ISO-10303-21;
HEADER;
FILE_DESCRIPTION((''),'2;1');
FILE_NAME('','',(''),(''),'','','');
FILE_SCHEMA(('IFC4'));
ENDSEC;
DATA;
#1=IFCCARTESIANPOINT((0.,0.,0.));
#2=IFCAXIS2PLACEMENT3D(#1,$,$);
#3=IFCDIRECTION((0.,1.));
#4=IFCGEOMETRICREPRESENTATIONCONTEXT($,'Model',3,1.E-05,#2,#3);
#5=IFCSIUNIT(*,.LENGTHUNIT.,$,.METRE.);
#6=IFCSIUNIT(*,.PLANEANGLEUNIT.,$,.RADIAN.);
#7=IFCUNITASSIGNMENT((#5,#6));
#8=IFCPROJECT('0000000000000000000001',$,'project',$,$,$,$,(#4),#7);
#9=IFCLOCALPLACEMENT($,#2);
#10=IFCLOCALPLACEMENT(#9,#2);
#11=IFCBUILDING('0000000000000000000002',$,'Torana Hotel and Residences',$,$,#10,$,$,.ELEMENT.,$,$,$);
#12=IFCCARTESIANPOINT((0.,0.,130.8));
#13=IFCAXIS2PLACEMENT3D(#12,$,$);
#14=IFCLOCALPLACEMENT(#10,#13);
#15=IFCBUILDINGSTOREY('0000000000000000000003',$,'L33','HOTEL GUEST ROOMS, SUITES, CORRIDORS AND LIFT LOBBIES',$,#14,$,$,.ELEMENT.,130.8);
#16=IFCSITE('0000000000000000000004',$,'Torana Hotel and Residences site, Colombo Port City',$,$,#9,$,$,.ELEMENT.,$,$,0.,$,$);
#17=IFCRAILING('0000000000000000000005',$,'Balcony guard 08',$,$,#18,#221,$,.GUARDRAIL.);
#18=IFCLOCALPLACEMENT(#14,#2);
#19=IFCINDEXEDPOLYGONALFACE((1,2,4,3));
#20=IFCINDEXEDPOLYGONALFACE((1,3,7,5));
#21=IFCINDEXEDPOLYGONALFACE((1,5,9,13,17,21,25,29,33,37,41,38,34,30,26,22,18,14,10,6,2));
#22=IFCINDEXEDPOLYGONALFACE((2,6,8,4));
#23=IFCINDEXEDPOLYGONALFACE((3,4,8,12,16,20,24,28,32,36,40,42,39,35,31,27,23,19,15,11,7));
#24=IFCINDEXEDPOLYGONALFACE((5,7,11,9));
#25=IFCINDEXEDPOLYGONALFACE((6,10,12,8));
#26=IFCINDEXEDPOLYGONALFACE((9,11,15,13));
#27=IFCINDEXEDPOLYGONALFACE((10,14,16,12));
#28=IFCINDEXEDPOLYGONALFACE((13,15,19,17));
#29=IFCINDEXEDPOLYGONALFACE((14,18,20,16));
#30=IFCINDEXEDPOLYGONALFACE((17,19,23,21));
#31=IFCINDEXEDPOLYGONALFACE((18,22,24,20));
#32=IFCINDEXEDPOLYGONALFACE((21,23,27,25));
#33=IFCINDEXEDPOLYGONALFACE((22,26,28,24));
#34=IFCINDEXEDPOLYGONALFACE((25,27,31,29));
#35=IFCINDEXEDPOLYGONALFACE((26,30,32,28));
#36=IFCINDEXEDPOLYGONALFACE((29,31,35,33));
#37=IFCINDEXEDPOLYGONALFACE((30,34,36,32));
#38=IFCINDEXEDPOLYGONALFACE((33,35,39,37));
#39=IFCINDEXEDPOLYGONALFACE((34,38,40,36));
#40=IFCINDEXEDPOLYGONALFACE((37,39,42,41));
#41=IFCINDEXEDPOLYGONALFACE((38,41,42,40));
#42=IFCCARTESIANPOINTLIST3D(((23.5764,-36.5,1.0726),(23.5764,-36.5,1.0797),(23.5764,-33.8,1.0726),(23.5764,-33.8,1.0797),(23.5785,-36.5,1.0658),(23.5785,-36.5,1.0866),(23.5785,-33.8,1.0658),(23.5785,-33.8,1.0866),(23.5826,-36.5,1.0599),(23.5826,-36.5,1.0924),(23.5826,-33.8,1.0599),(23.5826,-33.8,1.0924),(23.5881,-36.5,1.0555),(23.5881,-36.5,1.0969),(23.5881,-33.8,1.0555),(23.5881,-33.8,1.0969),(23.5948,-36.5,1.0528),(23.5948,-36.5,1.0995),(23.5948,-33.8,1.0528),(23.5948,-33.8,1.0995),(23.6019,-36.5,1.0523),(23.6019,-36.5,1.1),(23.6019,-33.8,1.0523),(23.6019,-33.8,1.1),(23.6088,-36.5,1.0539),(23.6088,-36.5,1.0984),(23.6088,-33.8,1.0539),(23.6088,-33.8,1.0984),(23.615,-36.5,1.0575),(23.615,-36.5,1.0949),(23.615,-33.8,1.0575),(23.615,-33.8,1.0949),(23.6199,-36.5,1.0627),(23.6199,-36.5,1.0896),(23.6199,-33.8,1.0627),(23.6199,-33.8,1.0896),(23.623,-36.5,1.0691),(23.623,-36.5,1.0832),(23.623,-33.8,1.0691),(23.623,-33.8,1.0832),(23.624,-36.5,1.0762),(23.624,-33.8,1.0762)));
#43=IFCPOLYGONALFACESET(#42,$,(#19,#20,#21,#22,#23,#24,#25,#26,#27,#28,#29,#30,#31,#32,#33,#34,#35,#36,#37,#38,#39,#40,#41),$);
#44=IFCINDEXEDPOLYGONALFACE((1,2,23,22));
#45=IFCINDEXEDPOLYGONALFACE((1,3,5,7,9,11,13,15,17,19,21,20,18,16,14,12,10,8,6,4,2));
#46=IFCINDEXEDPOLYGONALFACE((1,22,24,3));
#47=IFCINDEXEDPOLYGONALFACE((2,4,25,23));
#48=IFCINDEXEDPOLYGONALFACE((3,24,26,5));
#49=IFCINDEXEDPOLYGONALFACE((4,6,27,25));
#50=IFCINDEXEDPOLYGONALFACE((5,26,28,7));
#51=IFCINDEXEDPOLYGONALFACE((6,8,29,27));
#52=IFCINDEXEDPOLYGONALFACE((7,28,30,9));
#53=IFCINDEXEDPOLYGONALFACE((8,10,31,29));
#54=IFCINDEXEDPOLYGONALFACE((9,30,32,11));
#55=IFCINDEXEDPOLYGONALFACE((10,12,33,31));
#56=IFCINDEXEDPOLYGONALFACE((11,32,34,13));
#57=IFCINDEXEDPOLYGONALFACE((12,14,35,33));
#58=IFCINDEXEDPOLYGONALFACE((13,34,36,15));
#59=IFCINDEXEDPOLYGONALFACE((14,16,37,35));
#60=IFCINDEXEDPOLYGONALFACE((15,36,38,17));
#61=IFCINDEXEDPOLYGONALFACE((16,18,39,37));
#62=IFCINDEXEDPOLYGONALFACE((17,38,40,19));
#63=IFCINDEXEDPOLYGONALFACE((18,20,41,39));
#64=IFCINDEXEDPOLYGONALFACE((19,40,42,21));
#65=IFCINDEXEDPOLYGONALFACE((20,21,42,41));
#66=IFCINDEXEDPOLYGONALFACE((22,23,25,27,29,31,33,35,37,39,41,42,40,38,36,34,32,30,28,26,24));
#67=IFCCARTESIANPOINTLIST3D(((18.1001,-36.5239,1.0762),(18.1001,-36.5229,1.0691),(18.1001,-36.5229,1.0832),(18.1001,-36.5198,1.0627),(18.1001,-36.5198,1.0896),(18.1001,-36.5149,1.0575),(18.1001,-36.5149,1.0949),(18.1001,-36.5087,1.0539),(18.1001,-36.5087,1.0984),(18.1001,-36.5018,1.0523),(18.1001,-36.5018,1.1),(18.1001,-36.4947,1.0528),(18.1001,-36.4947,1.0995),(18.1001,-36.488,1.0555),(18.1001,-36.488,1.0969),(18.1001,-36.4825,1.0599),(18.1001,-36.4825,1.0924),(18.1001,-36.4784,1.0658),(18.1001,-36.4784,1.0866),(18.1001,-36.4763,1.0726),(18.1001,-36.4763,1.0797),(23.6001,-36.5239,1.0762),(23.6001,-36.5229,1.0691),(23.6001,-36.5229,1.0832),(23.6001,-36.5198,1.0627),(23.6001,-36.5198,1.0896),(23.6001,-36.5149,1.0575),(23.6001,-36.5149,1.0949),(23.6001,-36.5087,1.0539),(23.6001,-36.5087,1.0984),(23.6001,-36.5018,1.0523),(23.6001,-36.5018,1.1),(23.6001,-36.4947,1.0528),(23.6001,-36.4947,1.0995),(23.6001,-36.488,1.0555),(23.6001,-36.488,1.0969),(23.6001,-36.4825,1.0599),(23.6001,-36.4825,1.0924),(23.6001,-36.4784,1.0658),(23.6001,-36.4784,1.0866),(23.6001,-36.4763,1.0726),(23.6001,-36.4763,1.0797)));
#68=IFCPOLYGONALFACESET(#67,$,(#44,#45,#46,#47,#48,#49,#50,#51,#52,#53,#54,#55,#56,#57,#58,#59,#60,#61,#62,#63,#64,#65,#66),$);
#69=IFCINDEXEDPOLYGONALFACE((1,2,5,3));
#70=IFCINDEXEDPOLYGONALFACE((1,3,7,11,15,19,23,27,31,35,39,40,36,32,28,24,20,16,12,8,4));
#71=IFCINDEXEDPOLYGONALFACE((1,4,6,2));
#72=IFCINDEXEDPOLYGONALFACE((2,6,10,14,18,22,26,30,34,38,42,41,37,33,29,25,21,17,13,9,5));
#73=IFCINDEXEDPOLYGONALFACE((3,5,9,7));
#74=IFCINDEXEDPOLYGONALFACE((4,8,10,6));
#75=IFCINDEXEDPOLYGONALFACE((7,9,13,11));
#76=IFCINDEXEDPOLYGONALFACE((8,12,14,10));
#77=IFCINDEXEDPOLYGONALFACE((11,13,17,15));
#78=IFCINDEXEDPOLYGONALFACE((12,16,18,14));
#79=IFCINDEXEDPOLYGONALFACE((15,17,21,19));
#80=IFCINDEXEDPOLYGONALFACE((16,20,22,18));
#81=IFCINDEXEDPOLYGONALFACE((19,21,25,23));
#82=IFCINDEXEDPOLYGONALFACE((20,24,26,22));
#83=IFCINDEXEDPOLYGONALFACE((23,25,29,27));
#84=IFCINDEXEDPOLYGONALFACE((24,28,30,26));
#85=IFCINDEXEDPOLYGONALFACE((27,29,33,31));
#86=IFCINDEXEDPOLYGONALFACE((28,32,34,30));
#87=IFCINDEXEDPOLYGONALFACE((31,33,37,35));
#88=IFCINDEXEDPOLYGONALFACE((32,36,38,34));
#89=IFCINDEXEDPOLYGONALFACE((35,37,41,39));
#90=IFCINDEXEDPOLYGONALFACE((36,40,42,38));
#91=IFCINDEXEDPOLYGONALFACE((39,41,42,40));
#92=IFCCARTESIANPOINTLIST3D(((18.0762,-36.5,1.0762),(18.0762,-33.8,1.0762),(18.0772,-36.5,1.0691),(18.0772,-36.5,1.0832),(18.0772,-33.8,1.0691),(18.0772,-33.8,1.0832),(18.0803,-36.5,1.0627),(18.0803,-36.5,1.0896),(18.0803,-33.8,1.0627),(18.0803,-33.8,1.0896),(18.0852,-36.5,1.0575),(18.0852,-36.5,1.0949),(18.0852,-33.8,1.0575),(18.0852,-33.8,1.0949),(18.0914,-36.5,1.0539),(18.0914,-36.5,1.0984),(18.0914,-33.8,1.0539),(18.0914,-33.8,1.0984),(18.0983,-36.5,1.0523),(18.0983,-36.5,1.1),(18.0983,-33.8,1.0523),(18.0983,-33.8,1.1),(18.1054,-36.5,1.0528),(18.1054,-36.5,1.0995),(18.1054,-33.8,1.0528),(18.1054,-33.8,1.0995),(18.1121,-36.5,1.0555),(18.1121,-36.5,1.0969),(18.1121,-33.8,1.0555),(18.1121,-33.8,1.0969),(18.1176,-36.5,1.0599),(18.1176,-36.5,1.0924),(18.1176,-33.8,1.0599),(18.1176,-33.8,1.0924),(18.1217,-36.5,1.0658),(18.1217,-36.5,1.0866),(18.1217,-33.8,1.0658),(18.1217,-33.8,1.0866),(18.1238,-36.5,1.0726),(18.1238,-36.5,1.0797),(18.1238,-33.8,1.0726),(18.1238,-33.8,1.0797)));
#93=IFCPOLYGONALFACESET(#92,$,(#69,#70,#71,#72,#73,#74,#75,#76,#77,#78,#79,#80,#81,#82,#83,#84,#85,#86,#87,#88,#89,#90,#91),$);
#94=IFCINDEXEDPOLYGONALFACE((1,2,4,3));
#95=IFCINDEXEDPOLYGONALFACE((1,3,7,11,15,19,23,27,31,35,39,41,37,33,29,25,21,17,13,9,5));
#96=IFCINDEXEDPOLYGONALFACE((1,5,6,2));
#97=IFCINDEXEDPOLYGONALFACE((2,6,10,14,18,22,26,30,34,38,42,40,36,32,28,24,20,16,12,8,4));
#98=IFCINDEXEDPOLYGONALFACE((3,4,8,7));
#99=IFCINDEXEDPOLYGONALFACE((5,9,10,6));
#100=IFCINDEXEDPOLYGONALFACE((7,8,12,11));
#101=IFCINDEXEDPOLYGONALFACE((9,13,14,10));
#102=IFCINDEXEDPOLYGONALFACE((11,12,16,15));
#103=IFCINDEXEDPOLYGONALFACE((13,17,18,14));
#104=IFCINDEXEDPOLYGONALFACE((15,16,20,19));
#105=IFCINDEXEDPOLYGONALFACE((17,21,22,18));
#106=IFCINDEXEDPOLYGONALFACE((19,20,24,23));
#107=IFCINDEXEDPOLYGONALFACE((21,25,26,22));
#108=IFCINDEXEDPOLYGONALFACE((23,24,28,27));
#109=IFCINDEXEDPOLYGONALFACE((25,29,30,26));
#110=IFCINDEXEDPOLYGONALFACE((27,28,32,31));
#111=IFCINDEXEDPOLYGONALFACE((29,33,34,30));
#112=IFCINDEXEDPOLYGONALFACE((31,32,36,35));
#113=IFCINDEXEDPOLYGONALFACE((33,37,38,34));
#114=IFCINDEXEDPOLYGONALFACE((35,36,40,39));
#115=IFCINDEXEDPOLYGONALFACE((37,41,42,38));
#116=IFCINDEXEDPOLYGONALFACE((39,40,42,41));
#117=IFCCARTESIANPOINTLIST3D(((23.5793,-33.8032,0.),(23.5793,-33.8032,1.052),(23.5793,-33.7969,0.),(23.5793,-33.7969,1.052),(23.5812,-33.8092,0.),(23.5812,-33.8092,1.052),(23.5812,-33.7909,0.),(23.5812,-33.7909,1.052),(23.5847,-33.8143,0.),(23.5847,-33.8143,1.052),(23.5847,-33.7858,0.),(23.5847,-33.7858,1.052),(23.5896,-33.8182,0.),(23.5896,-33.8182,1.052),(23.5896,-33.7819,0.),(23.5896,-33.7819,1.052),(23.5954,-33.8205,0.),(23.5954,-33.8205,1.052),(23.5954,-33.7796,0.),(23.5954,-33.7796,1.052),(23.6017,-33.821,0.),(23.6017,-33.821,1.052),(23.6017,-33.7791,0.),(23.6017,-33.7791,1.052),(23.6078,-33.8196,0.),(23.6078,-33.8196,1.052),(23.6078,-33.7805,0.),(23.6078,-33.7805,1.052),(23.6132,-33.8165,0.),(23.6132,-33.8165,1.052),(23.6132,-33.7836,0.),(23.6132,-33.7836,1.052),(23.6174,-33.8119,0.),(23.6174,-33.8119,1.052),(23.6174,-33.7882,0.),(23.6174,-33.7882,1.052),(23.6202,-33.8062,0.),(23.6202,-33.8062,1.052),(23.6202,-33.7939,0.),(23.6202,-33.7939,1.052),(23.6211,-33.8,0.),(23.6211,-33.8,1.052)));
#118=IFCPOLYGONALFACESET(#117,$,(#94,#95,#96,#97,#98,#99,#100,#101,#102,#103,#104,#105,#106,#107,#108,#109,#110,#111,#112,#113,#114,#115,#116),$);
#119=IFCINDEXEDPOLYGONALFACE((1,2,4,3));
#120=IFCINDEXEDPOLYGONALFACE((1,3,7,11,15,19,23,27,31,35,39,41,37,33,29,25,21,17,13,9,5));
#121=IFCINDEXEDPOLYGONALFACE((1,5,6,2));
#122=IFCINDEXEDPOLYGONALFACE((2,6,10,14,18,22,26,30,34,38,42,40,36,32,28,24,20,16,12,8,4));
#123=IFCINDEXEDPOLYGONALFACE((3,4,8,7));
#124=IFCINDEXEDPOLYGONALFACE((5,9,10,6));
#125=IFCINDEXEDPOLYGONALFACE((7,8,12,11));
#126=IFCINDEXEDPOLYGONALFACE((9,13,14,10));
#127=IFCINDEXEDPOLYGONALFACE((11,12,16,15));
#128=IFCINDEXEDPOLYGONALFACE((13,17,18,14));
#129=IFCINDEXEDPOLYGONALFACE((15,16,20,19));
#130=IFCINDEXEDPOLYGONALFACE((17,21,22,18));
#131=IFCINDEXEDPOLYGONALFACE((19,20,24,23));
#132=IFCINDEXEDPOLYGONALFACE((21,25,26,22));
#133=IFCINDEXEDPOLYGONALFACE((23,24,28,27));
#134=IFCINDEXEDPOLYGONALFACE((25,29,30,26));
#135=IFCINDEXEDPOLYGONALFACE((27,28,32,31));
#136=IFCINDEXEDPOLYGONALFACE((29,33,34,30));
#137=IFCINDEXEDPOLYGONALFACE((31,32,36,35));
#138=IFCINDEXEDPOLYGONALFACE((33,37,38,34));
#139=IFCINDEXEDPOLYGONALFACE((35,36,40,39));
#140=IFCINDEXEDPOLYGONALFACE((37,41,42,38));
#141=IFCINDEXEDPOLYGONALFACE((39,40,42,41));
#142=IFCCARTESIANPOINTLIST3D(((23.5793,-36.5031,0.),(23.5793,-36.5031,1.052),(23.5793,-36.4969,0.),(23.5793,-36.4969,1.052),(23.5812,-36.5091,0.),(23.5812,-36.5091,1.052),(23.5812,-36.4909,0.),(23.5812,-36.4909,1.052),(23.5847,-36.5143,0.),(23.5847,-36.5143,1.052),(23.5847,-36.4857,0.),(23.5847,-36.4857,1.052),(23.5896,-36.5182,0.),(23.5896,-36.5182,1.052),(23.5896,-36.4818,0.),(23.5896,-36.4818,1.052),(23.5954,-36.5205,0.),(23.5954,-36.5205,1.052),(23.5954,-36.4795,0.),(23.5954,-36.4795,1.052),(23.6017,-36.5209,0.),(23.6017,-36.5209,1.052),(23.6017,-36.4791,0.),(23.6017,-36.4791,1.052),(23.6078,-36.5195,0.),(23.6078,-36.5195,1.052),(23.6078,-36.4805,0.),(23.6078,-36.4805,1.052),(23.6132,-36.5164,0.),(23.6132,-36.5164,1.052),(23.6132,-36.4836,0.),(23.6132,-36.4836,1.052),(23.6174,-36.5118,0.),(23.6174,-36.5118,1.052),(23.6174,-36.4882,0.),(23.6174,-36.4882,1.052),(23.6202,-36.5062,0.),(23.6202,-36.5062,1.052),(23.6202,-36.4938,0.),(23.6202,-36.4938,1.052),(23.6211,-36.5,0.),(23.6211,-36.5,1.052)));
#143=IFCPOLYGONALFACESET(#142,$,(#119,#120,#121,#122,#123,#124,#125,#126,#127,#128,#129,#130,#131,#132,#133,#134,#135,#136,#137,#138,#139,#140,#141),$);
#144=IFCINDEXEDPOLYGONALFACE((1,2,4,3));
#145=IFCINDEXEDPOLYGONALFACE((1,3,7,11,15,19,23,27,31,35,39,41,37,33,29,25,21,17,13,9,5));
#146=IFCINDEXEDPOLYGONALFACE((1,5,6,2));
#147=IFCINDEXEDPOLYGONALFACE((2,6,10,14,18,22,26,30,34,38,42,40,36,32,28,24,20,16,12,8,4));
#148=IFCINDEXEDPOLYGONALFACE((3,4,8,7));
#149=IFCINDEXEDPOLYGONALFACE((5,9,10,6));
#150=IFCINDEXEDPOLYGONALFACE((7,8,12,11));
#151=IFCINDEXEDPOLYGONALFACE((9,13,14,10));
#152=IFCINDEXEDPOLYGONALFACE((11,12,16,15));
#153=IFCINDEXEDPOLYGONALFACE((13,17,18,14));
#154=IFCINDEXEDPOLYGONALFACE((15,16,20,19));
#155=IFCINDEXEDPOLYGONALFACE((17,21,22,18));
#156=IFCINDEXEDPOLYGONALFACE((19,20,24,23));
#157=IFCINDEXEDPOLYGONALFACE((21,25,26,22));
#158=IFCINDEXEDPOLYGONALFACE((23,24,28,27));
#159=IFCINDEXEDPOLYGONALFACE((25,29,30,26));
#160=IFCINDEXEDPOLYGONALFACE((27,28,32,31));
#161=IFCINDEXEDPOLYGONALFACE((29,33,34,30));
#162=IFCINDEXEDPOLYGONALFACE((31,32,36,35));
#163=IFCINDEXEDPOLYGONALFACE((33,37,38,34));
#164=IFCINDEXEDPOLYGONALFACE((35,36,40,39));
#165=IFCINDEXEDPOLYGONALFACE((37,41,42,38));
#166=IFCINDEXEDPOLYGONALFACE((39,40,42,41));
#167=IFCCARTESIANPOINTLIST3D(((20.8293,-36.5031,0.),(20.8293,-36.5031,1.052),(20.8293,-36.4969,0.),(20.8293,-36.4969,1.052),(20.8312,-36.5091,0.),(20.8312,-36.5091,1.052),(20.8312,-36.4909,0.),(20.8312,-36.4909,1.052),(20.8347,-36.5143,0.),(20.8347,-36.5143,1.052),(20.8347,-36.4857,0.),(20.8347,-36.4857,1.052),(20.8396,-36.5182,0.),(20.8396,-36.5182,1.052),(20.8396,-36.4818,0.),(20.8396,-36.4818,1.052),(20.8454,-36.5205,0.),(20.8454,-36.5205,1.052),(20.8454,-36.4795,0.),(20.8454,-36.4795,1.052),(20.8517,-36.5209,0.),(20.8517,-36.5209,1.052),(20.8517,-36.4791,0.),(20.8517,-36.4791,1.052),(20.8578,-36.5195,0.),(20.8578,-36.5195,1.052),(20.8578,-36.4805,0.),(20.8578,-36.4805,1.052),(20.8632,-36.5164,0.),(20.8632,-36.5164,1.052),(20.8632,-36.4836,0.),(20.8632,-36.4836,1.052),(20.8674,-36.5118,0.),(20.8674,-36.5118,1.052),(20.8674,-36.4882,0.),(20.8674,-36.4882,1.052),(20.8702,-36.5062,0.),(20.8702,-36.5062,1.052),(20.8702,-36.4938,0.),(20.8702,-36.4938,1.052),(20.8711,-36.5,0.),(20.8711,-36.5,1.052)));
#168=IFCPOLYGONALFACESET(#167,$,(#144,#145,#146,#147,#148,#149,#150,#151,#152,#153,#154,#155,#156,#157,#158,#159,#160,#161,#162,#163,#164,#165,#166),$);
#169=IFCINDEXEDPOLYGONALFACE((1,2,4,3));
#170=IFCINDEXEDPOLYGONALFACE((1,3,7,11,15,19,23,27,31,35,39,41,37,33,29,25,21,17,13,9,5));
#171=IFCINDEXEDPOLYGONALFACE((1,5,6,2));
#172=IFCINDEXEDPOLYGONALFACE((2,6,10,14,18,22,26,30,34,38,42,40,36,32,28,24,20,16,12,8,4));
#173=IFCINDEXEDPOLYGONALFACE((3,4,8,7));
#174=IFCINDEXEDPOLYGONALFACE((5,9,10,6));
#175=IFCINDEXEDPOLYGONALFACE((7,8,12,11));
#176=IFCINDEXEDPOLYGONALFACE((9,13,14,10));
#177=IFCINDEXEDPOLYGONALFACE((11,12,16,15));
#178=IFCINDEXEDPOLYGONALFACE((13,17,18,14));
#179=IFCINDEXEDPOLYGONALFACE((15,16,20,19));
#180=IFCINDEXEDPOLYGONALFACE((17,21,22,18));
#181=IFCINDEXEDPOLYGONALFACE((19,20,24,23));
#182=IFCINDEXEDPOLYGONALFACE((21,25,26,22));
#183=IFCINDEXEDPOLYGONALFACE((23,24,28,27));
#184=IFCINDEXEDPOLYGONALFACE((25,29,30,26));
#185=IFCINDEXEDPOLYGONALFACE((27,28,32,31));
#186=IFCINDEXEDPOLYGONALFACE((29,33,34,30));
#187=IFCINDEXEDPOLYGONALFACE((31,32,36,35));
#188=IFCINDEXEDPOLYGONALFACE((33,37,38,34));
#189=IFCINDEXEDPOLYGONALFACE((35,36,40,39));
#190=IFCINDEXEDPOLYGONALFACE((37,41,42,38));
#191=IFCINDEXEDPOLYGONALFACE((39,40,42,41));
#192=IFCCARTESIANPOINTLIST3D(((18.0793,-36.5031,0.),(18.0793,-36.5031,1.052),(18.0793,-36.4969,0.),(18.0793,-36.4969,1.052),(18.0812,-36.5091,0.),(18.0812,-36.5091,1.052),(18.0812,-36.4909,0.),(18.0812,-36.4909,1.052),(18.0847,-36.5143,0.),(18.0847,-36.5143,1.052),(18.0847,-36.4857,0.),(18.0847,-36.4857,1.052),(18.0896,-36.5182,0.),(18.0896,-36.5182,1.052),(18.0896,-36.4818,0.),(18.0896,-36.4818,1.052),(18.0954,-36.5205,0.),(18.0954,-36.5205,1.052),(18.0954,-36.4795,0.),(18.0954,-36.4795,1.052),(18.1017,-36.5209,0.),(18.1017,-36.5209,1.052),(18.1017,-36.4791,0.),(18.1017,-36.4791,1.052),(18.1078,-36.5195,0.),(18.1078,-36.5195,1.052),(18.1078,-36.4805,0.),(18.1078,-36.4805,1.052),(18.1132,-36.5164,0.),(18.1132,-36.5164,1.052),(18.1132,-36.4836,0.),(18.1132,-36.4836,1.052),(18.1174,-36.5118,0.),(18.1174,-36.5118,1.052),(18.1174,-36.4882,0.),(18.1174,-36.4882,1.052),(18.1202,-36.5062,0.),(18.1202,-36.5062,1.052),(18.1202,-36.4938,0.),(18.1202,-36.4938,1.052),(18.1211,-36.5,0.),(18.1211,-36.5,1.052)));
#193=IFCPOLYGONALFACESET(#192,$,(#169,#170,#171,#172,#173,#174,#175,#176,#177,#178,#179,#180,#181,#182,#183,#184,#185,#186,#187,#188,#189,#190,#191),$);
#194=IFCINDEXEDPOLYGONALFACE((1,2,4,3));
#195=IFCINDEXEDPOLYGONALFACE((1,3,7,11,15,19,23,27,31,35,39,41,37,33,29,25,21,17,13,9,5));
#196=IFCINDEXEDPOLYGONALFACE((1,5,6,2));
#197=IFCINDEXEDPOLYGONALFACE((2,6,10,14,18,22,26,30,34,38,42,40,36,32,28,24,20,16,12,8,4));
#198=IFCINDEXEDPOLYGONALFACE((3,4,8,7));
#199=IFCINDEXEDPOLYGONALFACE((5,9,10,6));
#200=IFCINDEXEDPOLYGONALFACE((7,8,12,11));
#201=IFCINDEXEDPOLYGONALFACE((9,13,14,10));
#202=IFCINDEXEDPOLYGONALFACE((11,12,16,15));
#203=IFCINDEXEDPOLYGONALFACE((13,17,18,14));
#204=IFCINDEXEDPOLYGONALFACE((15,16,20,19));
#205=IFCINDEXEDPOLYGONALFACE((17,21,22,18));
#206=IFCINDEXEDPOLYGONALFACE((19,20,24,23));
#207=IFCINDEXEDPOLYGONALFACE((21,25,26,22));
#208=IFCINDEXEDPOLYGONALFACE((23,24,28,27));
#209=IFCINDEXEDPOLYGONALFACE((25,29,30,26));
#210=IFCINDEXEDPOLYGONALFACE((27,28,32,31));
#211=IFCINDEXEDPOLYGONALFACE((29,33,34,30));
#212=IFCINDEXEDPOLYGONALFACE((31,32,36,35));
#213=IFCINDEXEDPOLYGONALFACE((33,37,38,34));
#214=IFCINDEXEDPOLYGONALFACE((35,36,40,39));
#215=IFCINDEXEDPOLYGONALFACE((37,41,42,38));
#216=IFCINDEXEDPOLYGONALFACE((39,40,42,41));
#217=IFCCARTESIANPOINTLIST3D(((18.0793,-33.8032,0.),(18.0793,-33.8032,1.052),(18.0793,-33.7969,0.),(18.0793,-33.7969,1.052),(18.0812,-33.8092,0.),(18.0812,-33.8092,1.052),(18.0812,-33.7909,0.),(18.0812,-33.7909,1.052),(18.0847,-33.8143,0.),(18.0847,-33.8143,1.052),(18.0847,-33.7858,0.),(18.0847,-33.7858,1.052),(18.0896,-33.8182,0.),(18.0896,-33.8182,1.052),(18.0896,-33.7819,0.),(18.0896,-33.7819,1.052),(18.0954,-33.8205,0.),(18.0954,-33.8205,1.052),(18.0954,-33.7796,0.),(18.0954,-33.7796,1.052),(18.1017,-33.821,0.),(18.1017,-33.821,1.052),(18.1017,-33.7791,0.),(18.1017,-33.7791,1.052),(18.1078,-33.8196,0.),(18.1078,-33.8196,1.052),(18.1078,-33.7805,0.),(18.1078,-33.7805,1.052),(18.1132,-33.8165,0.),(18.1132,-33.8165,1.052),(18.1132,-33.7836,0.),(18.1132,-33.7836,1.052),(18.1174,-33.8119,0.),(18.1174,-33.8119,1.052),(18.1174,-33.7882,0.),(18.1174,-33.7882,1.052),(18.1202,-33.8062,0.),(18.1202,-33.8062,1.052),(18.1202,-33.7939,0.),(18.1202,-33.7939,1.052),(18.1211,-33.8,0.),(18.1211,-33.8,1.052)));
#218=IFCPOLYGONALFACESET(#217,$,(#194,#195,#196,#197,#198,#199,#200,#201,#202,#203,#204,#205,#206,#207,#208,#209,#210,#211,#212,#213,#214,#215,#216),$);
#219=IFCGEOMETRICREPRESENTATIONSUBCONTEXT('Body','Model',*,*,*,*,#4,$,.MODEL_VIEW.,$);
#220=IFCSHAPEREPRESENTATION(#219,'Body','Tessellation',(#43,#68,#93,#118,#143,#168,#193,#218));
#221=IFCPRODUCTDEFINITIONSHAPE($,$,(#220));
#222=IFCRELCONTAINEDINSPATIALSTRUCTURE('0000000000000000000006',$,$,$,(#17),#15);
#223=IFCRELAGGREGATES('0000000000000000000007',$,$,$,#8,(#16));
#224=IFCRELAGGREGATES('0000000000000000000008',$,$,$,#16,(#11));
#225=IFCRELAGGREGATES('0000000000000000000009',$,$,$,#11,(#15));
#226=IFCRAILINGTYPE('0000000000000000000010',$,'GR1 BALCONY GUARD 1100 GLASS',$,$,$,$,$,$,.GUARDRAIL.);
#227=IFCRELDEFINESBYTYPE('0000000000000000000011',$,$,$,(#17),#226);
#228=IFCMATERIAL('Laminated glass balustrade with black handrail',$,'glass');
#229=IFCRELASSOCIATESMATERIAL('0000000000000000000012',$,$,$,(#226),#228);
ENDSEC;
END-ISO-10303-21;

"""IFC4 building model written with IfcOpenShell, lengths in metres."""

from ifc_helpers import new_model, si_unit, direction, frame, origin, origin_2d, place, context, subcontext, project, spatial, circle, extrude, material, type_object, element, save


model = new_model("IFC4")

# Units and contexts
model_context = context("Model", 3, precision=1e-05, world=origin(), true_north=direction((0.0, 1.0)))
body_context = subcontext(model_context, "Body", "Model", "MODEL_VIEW")
ifc_project = project(units=[si_unit("LENGTHUNIT", "METRE"), si_unit("PLANEANGLEUNIT", "RADIAN")], contexts=[model_context])

# Site, building, storey
site_placement = place(None, origin())
site = spatial("IfcSite", under=ifc_project, at=site_placement, Name="Torana Hotel and Residences site, Colombo Port City", CompositionType="ELEMENT", RefElevation=0.0)
building_placement = place(site_placement, origin())
building = spatial("IfcBuilding", under=site, at=building_placement, Name="Torana Hotel and Residences", CompositionType="ELEMENT")
storey_placement = place(building_placement, frame((0.0, 0.0, 130.8)))
storey = spatial("IfcBuildingStorey", under=building, at=storey_placement, Name="L33", Description="HOTEL GUEST ROOMS, SUITES, CORRIDORS AND LIFT LOBBIES", CompositionType="ELEMENT", Elevation=130.8)

# Railing
ifc_material_1 = material(Name="Laminated glass balustrade with black handrail", Category="glass")
railing_type = type_object("IfcRailingType", Name="GR1 BALCONY GUARD 1100 GLASS", PredefinedType="GUARDRAIL", material=ifc_material_1)
railing_1_placement = place(storey_placement, frame((23.6001, -33.8, 0.0)))
element("IfcRailing", 1, at=railing_1_placement, inside=storey, type_object=railing_type, Name="Balcony guard 08", PredefinedType="GUARDRAIL", context=body_context, shape_type="SweptSolid", body=[
    extrude(circle(Radius=0.0239, at=origin_2d()), frame((0.0, 0.0, 1.0762), z_axis=(0.0, -1.0, 0.0), x_axis=(1.0, 0.0, 0.0)), (0.0, 0.0, 1.0), 2.7),
    extrude(circle(Radius=0.0239, at=origin_2d()), frame((0.0, -2.7, 1.0762), z_axis=(-1.0, 0.0, 0.0), x_axis=(0.0, -1.0, 0.0)), (0.0, 0.0, 1.0), 5.5),
    extrude(circle(Radius=0.0239, at=origin_2d()), frame((-5.5, -2.7, 1.0762), z_axis=(0.0, 1.0, 0.0), x_axis=(-1.0, 0.0, 0.0)), (0.0, 0.0, 1.0), 2.7),
    extrude(circle(Radius=0.021, at=origin_2d()), origin(), (0.0, 0.0, 1.0), 1.052),
    extrude(circle(Radius=0.021, at=origin_2d()), frame((0.0, -2.7, 0.0)), (0.0, 0.0, 1.0), 1.052),
    extrude(circle(Radius=0.021, at=origin_2d()), frame((-2.75, -2.7, 0.0)), (0.0, 0.0, 1.0), 1.052),
    extrude(circle(Radius=0.021, at=origin_2d()), frame((-5.5, -2.7, 0.0)), (0.0, 0.0, 1.0), 1.052),
    extrude(circle(Radius=0.021, at=origin_2d()), frame((-5.5, 0.0, 0.0)), (0.0, 0.0, 1.0), 1.052),
])

save(model, "model.ifc")
